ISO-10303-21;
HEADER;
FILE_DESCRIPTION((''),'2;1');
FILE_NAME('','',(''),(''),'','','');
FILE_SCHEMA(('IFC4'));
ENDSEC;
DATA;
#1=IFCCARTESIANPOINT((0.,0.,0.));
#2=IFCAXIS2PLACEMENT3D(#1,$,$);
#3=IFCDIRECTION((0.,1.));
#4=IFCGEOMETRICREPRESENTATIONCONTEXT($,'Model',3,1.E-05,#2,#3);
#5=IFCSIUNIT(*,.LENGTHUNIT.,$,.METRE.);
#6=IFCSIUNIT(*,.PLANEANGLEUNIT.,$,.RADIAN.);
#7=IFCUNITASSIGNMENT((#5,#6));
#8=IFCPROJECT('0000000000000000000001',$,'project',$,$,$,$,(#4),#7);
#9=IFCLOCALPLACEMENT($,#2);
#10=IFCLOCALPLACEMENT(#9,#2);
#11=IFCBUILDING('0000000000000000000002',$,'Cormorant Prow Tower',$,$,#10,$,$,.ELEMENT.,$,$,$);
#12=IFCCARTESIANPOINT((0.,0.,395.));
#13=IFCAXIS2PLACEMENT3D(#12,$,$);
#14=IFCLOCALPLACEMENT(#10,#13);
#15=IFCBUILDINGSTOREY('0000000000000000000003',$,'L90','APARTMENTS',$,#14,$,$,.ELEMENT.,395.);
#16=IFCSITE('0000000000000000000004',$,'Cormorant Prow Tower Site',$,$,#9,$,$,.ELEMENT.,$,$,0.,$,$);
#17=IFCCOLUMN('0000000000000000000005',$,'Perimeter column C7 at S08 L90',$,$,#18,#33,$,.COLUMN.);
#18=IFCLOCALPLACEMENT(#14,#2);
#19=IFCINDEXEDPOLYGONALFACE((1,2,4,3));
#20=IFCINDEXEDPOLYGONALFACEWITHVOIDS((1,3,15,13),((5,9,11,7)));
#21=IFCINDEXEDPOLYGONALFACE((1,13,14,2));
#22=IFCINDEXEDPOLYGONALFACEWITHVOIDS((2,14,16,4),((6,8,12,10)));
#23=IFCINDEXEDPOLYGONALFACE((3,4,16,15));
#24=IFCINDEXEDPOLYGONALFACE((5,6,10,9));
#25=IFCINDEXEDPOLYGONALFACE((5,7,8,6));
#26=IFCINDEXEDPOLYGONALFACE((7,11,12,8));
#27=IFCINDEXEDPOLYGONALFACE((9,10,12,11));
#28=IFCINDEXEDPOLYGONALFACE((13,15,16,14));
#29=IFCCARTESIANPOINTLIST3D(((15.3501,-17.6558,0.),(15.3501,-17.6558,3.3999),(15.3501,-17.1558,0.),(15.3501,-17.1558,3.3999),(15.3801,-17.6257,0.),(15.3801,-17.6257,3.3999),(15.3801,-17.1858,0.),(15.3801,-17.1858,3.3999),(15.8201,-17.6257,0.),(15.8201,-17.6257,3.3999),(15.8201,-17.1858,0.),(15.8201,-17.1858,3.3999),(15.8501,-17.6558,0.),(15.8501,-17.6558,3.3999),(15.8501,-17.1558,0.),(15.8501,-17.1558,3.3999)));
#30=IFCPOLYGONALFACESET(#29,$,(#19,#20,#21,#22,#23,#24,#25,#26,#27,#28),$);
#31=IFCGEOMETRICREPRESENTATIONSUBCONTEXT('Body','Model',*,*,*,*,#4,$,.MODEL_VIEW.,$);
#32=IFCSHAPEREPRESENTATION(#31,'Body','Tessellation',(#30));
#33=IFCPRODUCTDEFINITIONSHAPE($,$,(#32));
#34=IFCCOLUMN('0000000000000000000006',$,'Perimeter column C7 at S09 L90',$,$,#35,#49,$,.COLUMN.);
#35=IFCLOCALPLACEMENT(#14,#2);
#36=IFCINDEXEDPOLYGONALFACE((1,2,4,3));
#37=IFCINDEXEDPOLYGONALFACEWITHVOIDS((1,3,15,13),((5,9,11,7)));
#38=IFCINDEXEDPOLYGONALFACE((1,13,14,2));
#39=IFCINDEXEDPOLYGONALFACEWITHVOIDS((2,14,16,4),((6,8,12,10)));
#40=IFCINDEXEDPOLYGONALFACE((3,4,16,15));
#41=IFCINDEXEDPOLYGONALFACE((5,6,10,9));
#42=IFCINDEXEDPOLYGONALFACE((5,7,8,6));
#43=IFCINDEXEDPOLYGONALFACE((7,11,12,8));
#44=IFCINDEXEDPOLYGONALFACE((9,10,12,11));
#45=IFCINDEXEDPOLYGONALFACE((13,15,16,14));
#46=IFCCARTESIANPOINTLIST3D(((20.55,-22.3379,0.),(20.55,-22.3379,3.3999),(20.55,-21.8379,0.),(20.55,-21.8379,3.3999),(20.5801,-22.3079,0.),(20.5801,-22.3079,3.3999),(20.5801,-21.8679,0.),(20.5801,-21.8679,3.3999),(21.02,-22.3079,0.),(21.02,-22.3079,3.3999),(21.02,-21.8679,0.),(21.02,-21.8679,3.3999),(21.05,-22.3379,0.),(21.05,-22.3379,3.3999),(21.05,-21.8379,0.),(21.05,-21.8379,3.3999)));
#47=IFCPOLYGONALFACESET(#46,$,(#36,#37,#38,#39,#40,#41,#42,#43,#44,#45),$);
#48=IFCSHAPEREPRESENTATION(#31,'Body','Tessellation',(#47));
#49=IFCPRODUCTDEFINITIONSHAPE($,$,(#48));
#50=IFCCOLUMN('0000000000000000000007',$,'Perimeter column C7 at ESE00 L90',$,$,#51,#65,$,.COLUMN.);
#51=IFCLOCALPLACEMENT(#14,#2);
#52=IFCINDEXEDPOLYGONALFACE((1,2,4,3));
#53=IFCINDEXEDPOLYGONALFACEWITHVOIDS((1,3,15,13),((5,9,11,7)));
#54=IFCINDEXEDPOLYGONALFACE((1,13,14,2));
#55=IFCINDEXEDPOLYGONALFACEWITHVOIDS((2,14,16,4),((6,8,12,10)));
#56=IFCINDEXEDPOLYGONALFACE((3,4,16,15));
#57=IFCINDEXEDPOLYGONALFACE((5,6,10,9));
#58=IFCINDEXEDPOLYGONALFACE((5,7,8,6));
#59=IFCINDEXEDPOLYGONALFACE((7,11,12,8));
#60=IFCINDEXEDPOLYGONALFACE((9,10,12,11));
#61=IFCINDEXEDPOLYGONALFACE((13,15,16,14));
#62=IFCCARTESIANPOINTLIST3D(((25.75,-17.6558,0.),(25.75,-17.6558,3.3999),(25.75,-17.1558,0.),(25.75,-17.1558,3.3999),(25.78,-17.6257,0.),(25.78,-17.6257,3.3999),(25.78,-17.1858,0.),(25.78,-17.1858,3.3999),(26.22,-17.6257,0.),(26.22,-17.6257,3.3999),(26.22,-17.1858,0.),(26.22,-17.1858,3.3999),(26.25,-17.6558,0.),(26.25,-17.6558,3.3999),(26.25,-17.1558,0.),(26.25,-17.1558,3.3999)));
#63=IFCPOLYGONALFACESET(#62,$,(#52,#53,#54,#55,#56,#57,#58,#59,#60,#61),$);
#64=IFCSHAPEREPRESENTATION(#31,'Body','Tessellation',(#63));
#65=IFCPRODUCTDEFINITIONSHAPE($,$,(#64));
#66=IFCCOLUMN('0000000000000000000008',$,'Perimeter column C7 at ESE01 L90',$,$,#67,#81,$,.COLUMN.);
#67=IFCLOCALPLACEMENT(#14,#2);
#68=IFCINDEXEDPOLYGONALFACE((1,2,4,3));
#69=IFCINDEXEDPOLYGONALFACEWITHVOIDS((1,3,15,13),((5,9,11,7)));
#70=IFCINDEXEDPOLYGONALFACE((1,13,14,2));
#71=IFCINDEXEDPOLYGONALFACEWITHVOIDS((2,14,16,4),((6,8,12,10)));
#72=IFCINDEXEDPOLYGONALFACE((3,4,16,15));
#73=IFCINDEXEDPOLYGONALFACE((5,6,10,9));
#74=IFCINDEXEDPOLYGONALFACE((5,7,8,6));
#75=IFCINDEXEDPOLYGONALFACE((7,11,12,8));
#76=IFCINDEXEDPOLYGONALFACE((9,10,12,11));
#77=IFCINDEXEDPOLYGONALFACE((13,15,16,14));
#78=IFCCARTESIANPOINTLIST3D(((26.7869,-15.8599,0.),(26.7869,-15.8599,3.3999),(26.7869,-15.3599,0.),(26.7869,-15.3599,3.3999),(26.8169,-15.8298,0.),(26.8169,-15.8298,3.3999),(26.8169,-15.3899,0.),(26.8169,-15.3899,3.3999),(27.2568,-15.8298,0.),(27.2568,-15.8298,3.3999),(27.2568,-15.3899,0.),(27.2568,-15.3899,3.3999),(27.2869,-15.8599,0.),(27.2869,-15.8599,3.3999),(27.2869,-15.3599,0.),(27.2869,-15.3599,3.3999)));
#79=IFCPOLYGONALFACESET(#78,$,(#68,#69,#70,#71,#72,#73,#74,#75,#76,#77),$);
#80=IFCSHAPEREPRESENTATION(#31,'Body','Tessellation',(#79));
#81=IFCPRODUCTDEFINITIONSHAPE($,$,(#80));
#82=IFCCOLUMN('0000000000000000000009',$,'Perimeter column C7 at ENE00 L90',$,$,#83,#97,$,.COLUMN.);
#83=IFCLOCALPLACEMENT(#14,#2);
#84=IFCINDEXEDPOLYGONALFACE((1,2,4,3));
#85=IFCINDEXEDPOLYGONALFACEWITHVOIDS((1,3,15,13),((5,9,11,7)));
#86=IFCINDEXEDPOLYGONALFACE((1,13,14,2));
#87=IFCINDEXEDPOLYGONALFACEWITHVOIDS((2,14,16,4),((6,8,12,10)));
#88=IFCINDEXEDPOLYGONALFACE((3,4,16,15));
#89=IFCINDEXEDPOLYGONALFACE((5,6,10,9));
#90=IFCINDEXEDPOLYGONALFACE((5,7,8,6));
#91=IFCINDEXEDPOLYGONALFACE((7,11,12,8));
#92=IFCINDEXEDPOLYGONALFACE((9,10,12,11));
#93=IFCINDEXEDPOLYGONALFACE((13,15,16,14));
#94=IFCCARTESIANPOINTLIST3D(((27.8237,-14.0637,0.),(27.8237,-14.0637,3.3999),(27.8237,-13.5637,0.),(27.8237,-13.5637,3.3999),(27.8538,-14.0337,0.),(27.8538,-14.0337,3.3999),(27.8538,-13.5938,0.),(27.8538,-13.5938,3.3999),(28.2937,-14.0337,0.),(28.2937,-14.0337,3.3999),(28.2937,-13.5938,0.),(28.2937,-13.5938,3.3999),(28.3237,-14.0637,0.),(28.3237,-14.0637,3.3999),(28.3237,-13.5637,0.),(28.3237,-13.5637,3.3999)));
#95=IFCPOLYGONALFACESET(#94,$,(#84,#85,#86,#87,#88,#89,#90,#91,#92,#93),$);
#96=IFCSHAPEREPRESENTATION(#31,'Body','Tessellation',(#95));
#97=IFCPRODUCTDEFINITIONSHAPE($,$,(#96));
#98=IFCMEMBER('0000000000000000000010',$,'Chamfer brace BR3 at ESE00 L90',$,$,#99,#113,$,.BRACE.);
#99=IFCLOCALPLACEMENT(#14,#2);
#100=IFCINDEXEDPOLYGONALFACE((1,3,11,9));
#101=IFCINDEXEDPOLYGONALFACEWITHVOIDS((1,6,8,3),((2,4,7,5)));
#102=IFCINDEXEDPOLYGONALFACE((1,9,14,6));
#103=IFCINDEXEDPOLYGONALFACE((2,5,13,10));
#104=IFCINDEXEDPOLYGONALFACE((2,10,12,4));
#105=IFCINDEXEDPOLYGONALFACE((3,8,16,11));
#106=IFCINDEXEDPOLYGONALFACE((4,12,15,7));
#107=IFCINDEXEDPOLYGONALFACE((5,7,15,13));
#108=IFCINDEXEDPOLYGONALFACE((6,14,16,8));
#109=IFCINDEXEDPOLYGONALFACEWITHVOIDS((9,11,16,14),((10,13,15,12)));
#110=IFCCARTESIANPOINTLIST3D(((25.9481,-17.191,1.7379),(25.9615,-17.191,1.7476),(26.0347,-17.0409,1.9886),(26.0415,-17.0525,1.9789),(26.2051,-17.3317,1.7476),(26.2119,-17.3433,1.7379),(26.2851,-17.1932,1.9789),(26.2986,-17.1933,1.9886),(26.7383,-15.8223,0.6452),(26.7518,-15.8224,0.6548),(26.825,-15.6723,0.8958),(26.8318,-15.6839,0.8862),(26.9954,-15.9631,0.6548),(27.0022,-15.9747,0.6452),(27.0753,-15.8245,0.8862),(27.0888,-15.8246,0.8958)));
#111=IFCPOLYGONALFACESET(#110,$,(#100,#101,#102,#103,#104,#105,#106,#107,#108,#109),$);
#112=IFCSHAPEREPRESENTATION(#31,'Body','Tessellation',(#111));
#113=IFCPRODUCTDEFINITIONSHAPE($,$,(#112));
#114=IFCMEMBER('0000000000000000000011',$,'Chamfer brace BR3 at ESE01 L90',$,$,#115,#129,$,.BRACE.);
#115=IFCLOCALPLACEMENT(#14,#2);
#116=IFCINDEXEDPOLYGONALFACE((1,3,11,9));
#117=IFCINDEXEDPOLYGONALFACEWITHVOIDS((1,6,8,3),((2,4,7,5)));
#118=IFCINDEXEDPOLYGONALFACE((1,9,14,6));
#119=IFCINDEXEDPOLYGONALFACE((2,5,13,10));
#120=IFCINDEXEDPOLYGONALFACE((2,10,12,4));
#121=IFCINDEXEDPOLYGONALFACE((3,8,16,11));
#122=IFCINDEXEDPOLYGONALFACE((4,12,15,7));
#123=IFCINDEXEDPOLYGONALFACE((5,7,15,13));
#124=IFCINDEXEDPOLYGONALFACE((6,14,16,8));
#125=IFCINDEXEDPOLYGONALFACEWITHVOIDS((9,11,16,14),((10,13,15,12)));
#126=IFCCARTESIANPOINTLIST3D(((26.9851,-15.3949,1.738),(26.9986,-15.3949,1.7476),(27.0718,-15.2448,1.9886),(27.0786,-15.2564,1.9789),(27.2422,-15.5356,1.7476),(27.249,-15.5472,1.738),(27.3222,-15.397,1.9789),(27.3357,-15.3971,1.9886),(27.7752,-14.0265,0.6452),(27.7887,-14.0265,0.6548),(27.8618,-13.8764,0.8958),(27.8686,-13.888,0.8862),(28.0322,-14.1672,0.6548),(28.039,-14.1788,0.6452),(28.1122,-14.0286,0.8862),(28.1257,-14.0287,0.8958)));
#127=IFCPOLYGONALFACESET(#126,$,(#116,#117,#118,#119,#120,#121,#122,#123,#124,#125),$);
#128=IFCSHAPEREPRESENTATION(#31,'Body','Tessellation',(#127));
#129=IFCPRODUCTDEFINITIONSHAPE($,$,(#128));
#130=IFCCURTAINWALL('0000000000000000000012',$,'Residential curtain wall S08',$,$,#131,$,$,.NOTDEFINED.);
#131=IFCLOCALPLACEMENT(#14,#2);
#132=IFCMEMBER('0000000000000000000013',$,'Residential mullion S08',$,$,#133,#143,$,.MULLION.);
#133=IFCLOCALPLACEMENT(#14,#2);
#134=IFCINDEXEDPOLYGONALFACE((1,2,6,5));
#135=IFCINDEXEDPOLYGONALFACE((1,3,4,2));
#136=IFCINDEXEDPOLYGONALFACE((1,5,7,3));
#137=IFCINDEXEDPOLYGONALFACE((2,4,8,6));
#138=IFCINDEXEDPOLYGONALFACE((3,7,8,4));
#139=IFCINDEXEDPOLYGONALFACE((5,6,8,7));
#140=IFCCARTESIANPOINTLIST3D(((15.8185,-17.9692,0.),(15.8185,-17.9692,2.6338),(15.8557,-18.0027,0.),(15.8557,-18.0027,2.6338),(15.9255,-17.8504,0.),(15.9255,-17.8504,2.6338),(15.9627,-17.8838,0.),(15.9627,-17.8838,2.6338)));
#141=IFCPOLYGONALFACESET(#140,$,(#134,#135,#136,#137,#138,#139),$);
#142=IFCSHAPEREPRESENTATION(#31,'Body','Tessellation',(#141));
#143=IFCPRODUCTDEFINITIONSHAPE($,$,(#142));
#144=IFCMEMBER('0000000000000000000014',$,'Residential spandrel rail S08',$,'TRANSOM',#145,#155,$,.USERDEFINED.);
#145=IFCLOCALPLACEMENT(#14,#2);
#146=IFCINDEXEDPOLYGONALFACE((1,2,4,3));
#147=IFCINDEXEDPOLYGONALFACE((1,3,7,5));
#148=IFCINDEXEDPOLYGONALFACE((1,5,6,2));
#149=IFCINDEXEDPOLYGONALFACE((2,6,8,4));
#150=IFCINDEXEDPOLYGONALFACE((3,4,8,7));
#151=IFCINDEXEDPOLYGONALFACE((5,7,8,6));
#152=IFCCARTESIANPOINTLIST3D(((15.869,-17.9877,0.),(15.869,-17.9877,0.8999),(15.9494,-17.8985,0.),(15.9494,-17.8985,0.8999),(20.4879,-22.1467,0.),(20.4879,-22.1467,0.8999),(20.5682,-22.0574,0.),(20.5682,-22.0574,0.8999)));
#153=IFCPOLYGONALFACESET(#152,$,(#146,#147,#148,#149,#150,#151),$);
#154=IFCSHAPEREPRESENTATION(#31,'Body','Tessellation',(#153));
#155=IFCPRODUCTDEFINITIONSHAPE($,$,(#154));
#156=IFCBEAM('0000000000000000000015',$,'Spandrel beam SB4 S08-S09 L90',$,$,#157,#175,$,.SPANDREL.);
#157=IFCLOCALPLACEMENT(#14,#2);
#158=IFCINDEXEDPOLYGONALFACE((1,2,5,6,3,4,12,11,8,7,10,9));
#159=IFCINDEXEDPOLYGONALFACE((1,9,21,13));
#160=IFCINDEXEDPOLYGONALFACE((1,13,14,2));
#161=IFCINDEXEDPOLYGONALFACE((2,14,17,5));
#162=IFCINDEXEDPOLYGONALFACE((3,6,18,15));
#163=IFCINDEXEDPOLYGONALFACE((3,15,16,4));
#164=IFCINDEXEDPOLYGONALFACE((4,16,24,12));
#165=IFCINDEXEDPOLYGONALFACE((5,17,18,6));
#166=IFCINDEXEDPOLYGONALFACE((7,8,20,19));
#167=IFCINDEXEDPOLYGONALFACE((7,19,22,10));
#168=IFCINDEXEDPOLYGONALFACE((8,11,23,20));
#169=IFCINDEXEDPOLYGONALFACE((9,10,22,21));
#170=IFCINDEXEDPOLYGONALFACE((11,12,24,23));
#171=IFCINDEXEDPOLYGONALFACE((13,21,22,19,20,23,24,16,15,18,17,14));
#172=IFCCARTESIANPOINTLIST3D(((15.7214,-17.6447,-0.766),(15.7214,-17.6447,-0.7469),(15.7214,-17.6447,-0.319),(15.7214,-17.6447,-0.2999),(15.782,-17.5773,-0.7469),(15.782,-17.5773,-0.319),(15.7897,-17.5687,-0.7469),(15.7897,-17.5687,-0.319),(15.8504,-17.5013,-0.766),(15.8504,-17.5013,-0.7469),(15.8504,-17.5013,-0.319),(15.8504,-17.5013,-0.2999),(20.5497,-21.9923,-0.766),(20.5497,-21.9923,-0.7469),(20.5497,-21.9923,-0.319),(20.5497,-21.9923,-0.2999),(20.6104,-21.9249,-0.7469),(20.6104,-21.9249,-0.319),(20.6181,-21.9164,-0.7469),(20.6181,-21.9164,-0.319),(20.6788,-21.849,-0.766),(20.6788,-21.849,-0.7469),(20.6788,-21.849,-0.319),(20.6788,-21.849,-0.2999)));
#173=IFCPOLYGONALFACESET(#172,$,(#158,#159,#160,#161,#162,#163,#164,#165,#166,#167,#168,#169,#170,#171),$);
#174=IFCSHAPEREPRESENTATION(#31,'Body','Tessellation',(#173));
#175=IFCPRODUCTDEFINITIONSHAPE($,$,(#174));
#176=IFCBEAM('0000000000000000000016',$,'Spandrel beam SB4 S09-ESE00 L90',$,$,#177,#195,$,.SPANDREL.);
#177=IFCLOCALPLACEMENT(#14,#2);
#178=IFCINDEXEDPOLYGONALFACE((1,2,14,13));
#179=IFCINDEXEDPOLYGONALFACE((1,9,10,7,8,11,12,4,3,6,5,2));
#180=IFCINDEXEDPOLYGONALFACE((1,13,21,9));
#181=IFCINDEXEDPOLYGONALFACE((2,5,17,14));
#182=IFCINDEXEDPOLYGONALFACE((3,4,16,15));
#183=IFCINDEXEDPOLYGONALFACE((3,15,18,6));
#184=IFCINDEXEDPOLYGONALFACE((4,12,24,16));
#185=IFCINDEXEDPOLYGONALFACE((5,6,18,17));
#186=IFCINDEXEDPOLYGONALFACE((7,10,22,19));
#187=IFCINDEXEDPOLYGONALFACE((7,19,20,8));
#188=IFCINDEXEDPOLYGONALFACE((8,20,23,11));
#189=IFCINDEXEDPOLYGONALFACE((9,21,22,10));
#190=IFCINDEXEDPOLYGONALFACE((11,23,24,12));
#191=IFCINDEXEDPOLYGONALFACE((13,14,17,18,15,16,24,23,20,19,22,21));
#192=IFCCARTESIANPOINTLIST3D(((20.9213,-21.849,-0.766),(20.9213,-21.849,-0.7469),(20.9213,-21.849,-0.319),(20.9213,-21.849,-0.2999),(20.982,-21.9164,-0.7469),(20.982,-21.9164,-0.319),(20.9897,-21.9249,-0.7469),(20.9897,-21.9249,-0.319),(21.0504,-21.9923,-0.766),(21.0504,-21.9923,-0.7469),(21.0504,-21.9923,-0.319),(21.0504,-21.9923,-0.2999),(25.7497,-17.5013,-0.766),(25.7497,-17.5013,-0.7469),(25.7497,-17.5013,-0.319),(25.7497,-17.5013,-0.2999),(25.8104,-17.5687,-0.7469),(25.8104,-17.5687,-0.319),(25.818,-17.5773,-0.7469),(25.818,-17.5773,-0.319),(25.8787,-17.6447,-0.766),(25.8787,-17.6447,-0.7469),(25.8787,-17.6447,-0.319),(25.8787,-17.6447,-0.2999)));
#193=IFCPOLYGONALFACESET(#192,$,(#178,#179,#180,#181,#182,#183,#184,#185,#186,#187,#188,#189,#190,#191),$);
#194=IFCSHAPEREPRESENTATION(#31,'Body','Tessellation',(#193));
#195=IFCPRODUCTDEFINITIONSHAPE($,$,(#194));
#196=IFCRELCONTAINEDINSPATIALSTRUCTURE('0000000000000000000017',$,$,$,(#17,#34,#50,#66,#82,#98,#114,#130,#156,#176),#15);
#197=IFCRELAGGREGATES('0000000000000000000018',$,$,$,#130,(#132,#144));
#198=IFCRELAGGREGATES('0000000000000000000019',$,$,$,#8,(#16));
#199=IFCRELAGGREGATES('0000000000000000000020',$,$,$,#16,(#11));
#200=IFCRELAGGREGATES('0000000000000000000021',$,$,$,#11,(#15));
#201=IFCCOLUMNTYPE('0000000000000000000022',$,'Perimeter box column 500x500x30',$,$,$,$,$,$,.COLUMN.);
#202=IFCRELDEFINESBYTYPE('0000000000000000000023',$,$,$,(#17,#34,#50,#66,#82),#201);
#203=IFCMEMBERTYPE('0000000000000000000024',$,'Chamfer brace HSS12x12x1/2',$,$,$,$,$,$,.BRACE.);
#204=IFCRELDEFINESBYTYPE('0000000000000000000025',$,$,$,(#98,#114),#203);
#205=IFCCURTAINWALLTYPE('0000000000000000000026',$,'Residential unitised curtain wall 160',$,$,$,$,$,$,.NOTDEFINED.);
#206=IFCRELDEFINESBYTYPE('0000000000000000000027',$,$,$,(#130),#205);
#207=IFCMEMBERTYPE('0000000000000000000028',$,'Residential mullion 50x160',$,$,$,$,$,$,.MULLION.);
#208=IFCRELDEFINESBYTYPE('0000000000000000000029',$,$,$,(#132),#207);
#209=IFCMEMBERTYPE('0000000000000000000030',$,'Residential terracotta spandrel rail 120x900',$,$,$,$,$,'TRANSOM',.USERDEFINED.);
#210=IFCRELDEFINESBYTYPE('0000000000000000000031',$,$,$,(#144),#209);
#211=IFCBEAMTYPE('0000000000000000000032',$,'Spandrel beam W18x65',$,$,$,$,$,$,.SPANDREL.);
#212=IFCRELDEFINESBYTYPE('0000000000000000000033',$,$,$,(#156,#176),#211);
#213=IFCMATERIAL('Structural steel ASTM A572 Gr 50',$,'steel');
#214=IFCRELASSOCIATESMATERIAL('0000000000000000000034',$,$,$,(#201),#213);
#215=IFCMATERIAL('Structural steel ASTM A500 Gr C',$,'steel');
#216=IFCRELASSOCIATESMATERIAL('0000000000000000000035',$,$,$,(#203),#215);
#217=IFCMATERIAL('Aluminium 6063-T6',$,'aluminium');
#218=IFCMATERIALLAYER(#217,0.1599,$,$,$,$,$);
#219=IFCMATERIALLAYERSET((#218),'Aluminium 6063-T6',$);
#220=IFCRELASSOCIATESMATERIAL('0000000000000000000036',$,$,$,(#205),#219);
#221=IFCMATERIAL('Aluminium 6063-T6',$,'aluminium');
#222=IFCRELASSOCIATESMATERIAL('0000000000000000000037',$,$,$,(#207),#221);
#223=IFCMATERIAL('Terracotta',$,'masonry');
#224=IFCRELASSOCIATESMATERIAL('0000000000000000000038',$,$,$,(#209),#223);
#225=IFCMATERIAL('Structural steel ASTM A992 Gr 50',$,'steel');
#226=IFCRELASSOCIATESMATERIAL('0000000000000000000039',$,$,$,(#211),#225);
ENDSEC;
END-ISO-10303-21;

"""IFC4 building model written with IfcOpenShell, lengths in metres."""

from ifc_helpers import new_model, si_unit, direction, frame, origin, origin_2d, place, context, subcontext, project, spatial, rectangle, hollow_rectangle, i_section, extrude, material, layer, layer_set, material_profile, profile_set, type_object, element, aggregate, save


model = new_model("IFC4")

# Units and contexts
model_context = context("Model", 3, precision=1e-05, world=origin(), true_north=direction((0.0, 1.0)))
body_context = subcontext(model_context, "Body", "Model", "MODEL_VIEW")
ifc_project = project(units=[si_unit("LENGTHUNIT", "METRE"), si_unit("PLANEANGLEUNIT", "RADIAN")], contexts=[model_context])

# Site, building, storey
site_placement = place(None, origin())
site = spatial("IfcSite", under=ifc_project, at=site_placement, Name="Cormorant Prow Tower Site", CompositionType="ELEMENT", RefElevation=0.0)
building_placement = place(site_placement, origin())
building = spatial("IfcBuilding", under=site, at=building_placement, Name="Cormorant Prow Tower", CompositionType="ELEMENT")
storey_placement = place(building_placement, frame((0.0, 0.0, 395.0)))
storey = spatial("IfcBuildingStorey", under=building, at=storey_placement, Name="L90", Description="APARTMENTS", CompositionType="ELEMENT", Elevation=395.0)

# Columns
ifc_material_1 = material(Name="Structural steel ASTM A572 Gr 50", Category="steel")
ifc_material_profile_1 = material_profile(ifc_material_1, hollow_rectangle(XDim=0.5, YDim=0.5, WallThickness=0.03, at=origin_2d()), Name="Box 500x500x30")
ifc_profile_set_1 = profile_set([ifc_material_profile_1], Name="Structural steel ASTM A572 Gr 50")
column_type = type_object("IfcColumnType", Name="Perimeter box column 500x500x30", PredefinedType="COLUMN", material=ifc_profile_set_1)
for number, where, z_axis, x_axis, name in (
    (1, (15.6001, -17.4058, 0.0), (0.0, 0.0, 1.0), (1.0, 0.0, 0.0), "Perimeter column C7 at S08 L90"),
    (2, (20.8, -22.0879, 0.0), (0.0, 0.0, 1.0), (1.0, 0.0, 0.0), "Perimeter column C7 at S09 L90"),
    (3, (26.0, -17.4058, 0.0), (0.0, 0.0, 1.0), (1.0, 0.0, 0.0), "Perimeter column C7 at ESE00 L90"),
    (4, (27.0369, -15.6099, 0.0), (0.0, 0.0, 1.0), (1.0, 0.0, 0.0), "Perimeter column C7 at ESE01 L90"),
    (5, (28.0737, -13.8137, 0.0), (0.0, 0.0, 1.0), (1.0, 0.0, 0.0), "Perimeter column C7 at ENE00 L90"),
):
    element("IfcColumn", number, at=place(storey_placement, frame(where, z_axis=z_axis, x_axis=x_axis)), inside=storey, type_object=column_type, Name=name, PredefinedType="COLUMN", context=body_context, shape_type="SweptSolid", body=[
        extrude(hollow_rectangle(XDim=0.5, YDim=0.5, WallThickness=0.03, at=origin_2d()), origin(), (0.0, 0.0, 1.0), 3.3999),
    ])

# Members
ifc_material_2 = material(Name="Structural steel ASTM A500 Gr C", Category="steel")
ifc_material_profile_2 = material_profile(ifc_material_2, hollow_rectangle(XDim=0.3047, YDim=0.3047, WallThickness=0.0117, at=origin_2d()), Name="HSS12x12x1/2")
ifc_profile_set_2 = profile_set([ifc_material_profile_2], Name="Structural steel ASTM A500 Gr C")
member_type_1 = type_object("IfcMemberType", Name="Chamfer brace HSS12x12x1/2", PredefinedType="BRACE", material=ifc_profile_set_2)
member_1_placement = place(storey_placement, frame((26.9136, -15.8235, 0.7705), z_axis=(-0.411299, -0.712308, 0.568728), x_axis=(0.866, -0.500043, 0.0)))
element("IfcMember", 6, at=member_1_placement, inside=storey, type_object=member_type_1, Name="Chamfer brace BR3 at ESE00 L90", PredefinedType="BRACE", context=body_context, shape_type="SweptSolid", body=[
    extrude(hollow_rectangle(XDim=0.3047, YDim=0.3047, WallThickness=0.0117, at=origin_2d()), origin(), (0.0, 0.0, 1.0), 1.9214),
])
member_2_placement = place(storey_placement, frame((27.9504, -14.0276, 0.7705), z_axis=(-0.41123, -0.712282, 0.568809), x_axis=(0.866029, -0.499994, 0.0)))
element("IfcMember", 7, at=member_2_placement, inside=storey, type_object=member_type_1, Name="Chamfer brace BR3 at ESE01 L90", PredefinedType="BRACE", context=body_context, shape_type="SweptSolid", body=[
    extrude(hollow_rectangle(XDim=0.3047, YDim=0.3047, WallThickness=0.0117, at=origin_2d()), origin(), (0.0, 0.0, 1.0), 1.9211),
])

# Curtain wall, members
ifc_material_3 = material(Name="Aluminium 6063-T6", Category="aluminium")
ifc_layer_1 = layer(ifc_material_3, 0.1599)
ifc_layer_set_1 = layer_set([ifc_layer_1], Name="Aluminium 6063-T6")
curtain_wall_type = type_object("IfcCurtainWallType", Name="Residential unitised curtain wall 160", PredefinedType="NOTDEFINED", material=ifc_layer_set_1)
curtain_wall_placement = place(storey_placement, origin())
curtain_wall = element("IfcCurtainWall", 8, at=curtain_wall_placement, inside=storey, type_object=curtain_wall_type, Name="Residential curtain wall S08", PredefinedType="NOTDEFINED")
ifc_material_4 = material(Name="Aluminium 6063-T6", Category="aluminium")
ifc_material_profile_3 = material_profile(ifc_material_4, rectangle(XDim=0.1599, YDim=0.05, at=origin_2d()), Name="Residential mullion 50x160")
ifc_profile_set_3 = profile_set([ifc_material_profile_3], Name="Aluminium 6063-T6")
member_type_2 = type_object("IfcMemberType", Name="Residential mullion 50x160", PredefinedType="MULLION", material=ifc_profile_set_3)
member_3_placement = place(storey_placement, frame((15.8906, -17.9265, 0.0), z_axis=(0.0, 0.0, 1.0), x_axis=(0.669131, 0.743145, 0.0)))
member_3 = element("IfcMember", 9, at=member_3_placement, type_object=member_type_2, Name="Residential mullion S08", PredefinedType="MULLION", context=body_context, shape_type="SweptSolid", body=[
    extrude(rectangle(XDim=0.1599, YDim=0.05, at=origin_2d()), origin(), (0.0, 0.0, 1.0), 2.6338),
])
ifc_material_5 = material(Name="Terracotta", Category="masonry")
ifc_material_profile_4 = material_profile(ifc_material_5, rectangle(XDim=0.1201, YDim=0.8999, at=origin_2d()), Name="Residential terracotta spandrel rail 120x900")
ifc_profile_set_4 = profile_set([ifc_material_profile_4], Name="Terracotta")
member_type_3 = type_object("IfcMemberType", Name="Residential terracotta spandrel rail 120x900", ElementType="TRANSOM", PredefinedType="USERDEFINED", material=ifc_profile_set_4)
member_4_placement = place(storey_placement, frame((15.9092, -17.9431, 0.45), z_axis=(0.74314, -0.669136, 0.0), x_axis=(0.669136, 0.74314, 0.0)))
member_4 = element("IfcMember", 10, at=member_4_placement, type_object=member_type_3, Name="Residential spandrel rail S08", ObjectType="TRANSOM", PredefinedType="USERDEFINED", context=body_context, shape_type="SweptSolid", body=[
    extrude(rectangle(XDim=0.1201, YDim=0.8999, at=origin_2d()), origin(), (0.0, 0.0, 1.0), 6.2153),
])

# Beams
ifc_material_6 = material(Name="Structural steel ASTM A992 Gr 50", Category="steel")
ifc_material_profile_5 = material_profile(ifc_material_6, i_section(OverallWidth=0.1929, OverallDepth=0.4661, WebThickness=0.0115, FlangeThickness=0.019, at=origin_2d()), Name="W18x65")
ifc_profile_set_5 = profile_set([ifc_material_profile_5], Name="Structural steel ASTM A992 Gr 50")
beam_type = type_object("IfcBeamType", Name="Spandrel beam W18x65", PredefinedType="SPANDREL", material=ifc_profile_set_5)
for number, where, z_axis, x_axis, name in (
    (11, (15.7859, -17.573, -0.533), (0.743132, -0.669145, 0.0), (0.669145, 0.743132, 0.0), "Spandrel beam SB4 S08-S09 L90"),
    (12, (20.9858, -21.9207, -0.533), (0.743132, 0.669145, 0.0), (-0.669145, 0.743132, 0.0), "Spandrel beam SB4 S09-ESE00 L90"),
):
    element("IfcBeam", number, at=place(storey_placement, frame(where, z_axis=z_axis, x_axis=x_axis)), inside=storey, type_object=beam_type, Name=name, PredefinedType="SPANDREL", context=body_context, shape_type="SweptSolid", body=[
        extrude(i_section(OverallWidth=0.1929, OverallDepth=0.4661, WebThickness=0.0115, FlangeThickness=0.019, at=origin_2d()), origin(), (0.0, 0.0, 1.0), 6.4973),
    ])

aggregate(curtain_wall, [member_3, member_4])

save(model, "model.ifc")
